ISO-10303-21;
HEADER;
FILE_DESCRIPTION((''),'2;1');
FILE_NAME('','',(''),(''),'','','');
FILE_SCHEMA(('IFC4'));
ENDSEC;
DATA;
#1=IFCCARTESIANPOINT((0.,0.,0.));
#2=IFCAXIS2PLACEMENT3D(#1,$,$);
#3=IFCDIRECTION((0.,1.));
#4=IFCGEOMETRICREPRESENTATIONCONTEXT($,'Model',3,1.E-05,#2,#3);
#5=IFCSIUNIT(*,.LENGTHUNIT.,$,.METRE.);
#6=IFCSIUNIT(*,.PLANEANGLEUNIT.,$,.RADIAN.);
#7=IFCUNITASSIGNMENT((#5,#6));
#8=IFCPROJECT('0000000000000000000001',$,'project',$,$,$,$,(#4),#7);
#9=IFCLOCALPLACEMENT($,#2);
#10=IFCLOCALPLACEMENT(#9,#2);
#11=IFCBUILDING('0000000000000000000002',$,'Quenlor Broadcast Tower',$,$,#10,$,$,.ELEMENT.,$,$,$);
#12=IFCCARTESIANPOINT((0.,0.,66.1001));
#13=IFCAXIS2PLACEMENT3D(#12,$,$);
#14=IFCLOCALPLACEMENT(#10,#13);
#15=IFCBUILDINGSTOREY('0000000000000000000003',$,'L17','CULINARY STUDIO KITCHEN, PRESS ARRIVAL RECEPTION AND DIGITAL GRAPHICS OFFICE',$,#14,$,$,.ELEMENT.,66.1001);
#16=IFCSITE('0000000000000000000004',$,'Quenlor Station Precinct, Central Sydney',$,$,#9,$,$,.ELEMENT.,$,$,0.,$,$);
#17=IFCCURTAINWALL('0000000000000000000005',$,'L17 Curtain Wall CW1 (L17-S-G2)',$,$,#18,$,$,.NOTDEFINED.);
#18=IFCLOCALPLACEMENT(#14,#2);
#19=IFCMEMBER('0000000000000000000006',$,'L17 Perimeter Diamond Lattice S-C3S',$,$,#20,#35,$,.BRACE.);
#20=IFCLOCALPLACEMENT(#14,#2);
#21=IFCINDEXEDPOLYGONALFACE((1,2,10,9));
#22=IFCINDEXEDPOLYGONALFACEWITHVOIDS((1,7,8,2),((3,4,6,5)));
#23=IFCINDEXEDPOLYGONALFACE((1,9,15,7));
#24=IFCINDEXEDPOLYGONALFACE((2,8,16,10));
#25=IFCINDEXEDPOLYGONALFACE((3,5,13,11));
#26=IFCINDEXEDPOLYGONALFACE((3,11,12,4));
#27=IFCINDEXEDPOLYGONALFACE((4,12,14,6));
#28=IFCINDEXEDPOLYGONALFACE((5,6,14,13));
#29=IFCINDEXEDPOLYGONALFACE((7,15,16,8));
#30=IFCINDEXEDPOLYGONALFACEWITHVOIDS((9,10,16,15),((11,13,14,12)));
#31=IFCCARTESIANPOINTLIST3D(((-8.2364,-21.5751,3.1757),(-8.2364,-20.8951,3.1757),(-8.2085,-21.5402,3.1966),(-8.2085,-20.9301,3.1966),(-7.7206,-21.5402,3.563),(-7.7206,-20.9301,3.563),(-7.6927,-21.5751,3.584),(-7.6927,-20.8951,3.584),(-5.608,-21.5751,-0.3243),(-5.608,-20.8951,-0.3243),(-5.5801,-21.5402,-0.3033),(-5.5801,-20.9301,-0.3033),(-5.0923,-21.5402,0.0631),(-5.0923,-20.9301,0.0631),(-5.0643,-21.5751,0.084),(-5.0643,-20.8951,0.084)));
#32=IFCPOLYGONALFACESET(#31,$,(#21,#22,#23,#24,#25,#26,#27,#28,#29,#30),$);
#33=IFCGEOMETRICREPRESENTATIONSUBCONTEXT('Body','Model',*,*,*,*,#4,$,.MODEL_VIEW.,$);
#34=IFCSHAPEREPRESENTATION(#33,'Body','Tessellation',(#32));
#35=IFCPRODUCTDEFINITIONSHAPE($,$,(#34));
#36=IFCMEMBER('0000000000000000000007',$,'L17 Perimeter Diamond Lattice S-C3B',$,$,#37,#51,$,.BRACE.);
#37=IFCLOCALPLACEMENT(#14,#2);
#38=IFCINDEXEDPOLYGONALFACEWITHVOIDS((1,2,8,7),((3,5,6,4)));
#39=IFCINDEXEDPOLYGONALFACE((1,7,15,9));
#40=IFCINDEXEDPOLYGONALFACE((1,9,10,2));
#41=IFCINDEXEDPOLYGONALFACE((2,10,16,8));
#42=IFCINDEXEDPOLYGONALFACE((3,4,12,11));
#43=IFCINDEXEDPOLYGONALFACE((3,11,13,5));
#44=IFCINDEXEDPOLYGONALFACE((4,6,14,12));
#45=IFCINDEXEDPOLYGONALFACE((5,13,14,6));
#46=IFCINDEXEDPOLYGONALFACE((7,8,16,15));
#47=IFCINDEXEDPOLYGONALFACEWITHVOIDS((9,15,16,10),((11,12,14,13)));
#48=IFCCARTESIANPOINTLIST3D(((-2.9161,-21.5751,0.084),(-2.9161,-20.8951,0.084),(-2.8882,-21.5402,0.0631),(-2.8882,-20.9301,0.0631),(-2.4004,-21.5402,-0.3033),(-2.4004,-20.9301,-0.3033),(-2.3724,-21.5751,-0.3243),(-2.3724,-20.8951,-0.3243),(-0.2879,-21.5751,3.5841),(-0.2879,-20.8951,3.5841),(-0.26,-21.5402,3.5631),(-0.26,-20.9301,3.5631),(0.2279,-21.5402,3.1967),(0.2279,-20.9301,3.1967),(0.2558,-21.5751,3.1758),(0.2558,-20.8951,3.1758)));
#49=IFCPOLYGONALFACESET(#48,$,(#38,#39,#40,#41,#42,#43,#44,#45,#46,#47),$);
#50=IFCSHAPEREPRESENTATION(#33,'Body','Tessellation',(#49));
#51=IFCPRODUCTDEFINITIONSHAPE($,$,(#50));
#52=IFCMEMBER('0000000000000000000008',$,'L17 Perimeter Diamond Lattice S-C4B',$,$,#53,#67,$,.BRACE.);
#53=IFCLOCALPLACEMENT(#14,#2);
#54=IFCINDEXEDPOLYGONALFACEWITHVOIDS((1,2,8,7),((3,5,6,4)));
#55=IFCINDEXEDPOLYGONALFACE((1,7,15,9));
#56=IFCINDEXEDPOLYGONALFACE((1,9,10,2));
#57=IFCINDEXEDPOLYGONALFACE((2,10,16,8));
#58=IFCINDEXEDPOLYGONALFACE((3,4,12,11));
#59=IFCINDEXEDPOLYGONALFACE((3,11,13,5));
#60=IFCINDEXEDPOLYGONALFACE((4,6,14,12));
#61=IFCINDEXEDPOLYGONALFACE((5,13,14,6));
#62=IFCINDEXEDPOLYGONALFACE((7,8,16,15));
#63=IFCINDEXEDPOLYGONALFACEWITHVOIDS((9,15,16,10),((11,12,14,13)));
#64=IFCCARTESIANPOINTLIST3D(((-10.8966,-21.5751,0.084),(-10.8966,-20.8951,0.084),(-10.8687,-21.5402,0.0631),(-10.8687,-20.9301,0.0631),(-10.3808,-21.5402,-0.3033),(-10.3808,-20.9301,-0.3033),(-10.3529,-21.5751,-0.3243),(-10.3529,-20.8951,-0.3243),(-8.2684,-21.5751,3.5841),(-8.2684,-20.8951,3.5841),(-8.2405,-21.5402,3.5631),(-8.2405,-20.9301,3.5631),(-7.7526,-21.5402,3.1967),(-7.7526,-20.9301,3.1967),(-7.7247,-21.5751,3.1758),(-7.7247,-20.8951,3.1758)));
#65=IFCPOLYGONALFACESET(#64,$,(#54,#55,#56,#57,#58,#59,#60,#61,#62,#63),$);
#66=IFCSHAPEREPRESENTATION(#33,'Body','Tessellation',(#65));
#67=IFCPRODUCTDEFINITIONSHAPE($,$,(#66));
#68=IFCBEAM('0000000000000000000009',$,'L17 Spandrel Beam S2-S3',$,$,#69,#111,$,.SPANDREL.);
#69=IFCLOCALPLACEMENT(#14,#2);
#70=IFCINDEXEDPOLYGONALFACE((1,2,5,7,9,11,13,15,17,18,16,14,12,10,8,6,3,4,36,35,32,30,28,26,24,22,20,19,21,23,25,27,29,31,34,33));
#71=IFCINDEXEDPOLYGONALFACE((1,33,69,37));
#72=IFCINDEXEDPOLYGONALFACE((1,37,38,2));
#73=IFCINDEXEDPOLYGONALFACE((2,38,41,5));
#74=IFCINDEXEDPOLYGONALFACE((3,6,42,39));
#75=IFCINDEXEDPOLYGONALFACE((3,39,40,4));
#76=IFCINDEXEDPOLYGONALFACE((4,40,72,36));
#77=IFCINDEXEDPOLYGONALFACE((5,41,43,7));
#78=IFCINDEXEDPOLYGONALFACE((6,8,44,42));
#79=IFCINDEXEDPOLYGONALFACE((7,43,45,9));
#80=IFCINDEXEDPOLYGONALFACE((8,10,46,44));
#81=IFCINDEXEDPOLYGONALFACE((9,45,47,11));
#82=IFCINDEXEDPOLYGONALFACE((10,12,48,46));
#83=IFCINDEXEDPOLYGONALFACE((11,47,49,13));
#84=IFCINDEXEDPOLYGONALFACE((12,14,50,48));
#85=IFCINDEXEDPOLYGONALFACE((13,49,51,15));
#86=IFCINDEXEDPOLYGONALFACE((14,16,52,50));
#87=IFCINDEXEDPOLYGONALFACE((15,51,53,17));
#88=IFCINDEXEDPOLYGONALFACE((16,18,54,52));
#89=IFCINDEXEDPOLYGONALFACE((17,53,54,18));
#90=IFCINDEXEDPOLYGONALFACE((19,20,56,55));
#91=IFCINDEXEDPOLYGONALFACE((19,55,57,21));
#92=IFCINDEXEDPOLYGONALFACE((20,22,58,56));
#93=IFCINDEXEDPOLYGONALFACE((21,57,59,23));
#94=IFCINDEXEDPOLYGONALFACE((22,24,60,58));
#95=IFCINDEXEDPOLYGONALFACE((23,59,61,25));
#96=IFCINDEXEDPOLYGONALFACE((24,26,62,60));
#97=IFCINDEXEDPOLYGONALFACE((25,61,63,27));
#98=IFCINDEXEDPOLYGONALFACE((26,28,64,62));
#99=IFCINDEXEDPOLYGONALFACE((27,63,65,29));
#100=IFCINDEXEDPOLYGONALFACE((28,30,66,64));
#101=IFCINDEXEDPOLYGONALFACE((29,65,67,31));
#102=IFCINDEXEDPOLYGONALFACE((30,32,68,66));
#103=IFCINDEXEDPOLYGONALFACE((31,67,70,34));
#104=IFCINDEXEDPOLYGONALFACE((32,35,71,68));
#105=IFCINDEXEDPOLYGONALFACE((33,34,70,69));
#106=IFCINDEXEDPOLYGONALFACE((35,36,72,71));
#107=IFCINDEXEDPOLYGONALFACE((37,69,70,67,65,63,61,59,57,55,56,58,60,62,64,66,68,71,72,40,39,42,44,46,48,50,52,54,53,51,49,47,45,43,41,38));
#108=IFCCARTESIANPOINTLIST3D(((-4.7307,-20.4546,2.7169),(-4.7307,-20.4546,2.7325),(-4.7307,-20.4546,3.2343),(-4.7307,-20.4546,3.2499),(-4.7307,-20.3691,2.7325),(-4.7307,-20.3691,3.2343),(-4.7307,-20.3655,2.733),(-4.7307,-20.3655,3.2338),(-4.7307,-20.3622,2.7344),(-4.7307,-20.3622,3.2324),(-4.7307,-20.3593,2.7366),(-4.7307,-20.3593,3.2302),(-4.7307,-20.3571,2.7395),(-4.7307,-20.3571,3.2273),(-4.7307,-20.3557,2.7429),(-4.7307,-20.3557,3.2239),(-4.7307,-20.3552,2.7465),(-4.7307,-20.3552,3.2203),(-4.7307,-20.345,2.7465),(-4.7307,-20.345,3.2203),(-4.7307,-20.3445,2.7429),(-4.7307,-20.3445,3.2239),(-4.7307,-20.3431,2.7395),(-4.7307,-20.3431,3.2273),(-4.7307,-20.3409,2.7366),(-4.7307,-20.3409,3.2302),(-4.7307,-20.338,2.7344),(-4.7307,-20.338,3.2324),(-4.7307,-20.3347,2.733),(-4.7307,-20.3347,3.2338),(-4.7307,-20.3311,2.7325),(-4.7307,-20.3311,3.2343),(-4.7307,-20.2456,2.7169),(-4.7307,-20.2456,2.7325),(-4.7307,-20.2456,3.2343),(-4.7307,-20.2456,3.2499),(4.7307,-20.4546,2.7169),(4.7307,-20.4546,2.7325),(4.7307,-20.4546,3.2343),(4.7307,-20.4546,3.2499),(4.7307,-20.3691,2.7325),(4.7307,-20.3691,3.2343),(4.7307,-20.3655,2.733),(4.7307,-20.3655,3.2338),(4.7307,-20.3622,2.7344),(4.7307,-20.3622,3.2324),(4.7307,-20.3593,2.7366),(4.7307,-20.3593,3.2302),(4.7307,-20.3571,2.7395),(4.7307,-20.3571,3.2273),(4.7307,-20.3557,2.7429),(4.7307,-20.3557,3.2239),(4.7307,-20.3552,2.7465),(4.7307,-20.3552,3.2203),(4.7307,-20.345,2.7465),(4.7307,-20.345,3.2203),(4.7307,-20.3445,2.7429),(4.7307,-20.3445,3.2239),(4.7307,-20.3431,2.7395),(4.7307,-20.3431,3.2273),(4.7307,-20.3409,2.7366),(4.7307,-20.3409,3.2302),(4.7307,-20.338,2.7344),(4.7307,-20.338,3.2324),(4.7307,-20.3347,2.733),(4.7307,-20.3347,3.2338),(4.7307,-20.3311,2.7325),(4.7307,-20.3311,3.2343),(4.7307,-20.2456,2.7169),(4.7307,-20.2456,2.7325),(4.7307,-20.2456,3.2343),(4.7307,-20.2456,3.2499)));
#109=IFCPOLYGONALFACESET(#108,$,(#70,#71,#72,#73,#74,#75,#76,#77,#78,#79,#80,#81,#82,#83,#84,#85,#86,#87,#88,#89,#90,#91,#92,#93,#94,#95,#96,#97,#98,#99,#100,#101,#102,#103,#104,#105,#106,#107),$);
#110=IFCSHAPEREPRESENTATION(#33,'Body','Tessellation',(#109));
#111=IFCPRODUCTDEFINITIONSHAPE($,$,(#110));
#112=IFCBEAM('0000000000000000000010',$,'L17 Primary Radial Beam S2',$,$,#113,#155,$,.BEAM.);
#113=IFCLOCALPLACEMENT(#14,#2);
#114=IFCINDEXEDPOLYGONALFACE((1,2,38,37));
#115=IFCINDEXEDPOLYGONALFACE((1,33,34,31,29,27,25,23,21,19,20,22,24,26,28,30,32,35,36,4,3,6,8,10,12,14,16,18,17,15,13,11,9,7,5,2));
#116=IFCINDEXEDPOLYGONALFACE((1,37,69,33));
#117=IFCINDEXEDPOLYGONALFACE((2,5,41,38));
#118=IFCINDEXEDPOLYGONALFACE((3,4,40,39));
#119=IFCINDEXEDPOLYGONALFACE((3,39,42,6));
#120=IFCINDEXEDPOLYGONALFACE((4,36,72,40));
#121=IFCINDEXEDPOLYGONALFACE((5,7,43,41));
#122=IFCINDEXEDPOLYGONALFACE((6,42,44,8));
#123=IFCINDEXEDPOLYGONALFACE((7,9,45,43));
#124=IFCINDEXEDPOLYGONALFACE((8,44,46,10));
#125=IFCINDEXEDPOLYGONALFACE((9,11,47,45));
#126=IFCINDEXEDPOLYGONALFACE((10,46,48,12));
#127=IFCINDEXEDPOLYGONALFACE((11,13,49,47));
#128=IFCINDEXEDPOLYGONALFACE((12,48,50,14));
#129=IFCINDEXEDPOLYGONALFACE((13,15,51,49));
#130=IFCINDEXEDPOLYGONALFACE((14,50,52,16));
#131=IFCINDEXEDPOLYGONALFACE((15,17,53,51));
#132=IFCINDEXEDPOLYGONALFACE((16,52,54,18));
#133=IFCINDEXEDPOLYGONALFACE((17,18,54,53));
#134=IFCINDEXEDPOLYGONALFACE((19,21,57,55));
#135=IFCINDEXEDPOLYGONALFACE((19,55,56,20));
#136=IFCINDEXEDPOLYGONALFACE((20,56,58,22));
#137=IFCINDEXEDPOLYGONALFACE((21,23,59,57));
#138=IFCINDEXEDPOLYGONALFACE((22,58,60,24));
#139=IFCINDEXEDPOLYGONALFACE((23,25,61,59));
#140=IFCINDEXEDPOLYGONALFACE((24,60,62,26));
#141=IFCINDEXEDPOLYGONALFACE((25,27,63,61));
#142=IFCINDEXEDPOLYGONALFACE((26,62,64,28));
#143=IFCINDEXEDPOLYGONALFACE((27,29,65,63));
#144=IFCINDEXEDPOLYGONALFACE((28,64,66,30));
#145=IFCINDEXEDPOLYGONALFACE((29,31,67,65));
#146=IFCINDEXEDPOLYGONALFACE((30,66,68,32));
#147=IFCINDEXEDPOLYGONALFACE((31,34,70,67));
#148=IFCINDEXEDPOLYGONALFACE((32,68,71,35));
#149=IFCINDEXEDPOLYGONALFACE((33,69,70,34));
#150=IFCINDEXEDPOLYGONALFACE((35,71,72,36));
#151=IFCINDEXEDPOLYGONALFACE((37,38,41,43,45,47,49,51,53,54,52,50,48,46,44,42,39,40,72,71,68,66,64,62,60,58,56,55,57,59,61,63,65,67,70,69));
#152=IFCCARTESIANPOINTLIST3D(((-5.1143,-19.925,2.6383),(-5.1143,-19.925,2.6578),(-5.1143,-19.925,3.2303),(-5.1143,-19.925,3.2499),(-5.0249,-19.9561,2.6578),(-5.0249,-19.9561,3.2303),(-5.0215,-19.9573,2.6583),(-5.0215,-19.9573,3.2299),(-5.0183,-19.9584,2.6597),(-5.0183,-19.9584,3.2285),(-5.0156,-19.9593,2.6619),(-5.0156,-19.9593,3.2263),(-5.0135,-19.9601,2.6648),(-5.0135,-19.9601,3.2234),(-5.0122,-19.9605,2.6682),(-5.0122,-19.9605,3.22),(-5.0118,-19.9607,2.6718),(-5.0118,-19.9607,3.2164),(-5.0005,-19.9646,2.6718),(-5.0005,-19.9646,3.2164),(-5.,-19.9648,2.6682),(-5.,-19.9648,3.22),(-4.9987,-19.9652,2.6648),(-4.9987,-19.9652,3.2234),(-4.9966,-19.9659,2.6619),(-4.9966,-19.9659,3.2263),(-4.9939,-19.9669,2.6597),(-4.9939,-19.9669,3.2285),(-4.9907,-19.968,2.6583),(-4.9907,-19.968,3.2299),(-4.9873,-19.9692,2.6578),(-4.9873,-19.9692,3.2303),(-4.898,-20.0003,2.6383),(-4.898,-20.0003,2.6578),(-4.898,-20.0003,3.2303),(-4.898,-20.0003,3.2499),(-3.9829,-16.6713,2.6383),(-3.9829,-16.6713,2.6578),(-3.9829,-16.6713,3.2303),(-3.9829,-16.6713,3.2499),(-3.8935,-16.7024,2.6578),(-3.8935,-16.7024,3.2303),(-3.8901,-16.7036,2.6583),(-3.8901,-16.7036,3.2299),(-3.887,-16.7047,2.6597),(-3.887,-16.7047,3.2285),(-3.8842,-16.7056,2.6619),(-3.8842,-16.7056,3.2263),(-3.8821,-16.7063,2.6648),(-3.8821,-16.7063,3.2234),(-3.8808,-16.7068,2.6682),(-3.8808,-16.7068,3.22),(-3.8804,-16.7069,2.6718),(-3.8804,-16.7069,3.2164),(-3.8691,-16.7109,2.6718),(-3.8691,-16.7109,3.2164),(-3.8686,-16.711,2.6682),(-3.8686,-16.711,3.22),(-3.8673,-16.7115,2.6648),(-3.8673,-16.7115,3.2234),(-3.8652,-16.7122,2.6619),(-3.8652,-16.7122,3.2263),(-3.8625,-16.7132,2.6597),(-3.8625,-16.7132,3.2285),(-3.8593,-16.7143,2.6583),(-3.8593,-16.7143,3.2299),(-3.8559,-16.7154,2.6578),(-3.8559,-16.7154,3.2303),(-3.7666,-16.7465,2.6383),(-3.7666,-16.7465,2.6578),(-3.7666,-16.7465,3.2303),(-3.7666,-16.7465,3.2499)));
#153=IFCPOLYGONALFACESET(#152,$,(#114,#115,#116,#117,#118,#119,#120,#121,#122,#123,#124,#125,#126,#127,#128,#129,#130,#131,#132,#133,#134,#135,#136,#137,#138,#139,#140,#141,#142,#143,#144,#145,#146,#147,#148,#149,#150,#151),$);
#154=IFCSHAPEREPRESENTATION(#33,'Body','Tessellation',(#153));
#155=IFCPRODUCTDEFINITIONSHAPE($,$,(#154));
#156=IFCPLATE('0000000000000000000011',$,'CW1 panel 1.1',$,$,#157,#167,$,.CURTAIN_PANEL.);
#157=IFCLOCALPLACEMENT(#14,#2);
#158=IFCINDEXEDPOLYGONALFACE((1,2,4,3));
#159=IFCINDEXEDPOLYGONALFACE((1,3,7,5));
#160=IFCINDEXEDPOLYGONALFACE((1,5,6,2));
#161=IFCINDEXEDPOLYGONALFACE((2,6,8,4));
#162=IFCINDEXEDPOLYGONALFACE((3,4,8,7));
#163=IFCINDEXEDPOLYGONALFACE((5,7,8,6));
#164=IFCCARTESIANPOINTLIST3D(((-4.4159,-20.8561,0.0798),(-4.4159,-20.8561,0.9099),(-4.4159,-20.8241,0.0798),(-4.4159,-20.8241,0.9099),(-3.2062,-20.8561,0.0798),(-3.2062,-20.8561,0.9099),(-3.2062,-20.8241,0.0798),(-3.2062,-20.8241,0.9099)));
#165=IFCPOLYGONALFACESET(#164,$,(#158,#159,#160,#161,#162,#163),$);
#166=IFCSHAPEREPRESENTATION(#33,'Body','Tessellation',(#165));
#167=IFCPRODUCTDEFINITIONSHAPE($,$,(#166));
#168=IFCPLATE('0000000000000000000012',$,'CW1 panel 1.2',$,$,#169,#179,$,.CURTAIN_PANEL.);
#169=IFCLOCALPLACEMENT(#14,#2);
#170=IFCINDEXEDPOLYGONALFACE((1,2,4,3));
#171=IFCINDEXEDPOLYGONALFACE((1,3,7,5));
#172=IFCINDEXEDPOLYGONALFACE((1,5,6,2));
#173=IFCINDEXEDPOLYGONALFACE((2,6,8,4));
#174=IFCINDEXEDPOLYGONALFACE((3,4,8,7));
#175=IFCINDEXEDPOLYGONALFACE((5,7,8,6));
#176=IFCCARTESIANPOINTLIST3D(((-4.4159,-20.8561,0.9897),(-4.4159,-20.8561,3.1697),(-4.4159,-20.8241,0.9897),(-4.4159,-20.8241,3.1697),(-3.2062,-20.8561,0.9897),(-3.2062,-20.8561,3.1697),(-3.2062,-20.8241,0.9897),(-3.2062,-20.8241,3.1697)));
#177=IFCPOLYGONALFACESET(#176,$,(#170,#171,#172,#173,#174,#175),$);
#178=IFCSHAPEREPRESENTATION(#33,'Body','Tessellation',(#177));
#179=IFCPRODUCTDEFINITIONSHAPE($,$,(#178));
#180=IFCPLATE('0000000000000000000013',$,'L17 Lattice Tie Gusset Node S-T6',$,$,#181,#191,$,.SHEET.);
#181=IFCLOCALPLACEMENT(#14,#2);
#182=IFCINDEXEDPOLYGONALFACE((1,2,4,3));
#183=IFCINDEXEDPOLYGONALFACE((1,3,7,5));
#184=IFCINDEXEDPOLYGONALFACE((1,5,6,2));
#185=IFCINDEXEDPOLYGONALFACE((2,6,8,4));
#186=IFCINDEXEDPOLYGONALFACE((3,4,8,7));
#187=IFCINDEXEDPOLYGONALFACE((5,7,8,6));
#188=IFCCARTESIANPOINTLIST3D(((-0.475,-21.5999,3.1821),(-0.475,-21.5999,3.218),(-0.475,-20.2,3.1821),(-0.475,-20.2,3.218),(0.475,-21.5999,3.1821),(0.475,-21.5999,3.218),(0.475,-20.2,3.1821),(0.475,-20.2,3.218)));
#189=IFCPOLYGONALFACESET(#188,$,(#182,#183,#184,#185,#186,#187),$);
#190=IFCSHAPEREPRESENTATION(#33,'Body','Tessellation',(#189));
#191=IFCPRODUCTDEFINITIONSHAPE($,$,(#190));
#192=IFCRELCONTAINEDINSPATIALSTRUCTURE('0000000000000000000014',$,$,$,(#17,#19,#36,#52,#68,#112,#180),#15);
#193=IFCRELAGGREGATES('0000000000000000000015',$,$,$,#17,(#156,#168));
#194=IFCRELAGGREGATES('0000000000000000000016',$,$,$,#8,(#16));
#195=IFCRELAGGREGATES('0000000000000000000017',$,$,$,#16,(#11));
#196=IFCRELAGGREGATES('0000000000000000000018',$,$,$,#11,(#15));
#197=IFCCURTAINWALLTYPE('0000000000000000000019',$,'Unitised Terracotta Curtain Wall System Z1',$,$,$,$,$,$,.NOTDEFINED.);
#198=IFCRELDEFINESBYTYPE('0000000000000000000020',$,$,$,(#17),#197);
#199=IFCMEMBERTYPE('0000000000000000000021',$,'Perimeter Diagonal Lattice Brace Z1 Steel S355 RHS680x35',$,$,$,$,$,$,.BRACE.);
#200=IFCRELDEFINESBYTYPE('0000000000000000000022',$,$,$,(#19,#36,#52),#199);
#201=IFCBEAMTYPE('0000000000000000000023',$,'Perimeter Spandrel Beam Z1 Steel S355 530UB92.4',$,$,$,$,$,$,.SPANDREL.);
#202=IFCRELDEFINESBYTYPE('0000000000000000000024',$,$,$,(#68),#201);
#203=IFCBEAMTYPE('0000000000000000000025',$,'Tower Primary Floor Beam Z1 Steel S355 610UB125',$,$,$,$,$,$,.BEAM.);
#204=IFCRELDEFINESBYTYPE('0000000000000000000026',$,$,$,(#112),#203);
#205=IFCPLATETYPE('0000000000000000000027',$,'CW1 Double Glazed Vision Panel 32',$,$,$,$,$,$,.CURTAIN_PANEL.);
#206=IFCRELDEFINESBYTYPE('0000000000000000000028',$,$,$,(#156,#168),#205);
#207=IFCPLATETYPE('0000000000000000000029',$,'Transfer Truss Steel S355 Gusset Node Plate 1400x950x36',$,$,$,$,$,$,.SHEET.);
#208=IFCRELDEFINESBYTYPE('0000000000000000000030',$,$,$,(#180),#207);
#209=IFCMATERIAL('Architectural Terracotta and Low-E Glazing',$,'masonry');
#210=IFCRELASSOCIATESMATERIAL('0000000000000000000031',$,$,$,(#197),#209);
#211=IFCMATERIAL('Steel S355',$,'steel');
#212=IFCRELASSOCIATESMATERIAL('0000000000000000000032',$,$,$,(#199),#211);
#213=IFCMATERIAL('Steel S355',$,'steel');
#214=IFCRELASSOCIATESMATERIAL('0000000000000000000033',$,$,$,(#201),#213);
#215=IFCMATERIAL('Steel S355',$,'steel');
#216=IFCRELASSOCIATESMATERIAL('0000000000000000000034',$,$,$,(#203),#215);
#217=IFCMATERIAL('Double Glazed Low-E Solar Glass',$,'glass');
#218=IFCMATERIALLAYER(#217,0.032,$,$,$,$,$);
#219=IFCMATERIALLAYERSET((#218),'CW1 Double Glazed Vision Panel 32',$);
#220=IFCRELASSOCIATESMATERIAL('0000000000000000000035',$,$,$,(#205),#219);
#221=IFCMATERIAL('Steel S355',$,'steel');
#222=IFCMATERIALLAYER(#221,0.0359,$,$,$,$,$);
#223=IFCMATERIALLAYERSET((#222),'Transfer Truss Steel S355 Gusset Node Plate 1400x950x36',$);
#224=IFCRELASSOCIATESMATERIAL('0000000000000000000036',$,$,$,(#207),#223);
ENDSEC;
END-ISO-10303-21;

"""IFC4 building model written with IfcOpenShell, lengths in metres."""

from ifc_helpers import new_model, si_unit, direction, frame, origin, origin_2d, place, context, subcontext, project, spatial, rectangle, hollow_rectangle, i_section, extrude, material, layer, layer_set, material_profile, profile_set, type_object, element, aggregate, save


model = new_model("IFC4")

# Units and contexts
model_context = context("Model", 3, precision=1e-05, world=origin(), true_north=direction((0.0, 1.0)))
body_context = subcontext(model_context, "Body", "Model", "MODEL_VIEW")
ifc_project = project(units=[si_unit("LENGTHUNIT", "METRE"), si_unit("PLANEANGLEUNIT", "RADIAN")], contexts=[model_context])

# Site, building, storey
site_placement = place(None, origin())
site = spatial("IfcSite", under=ifc_project, at=site_placement, Name="Quenlor Station Precinct, Central Sydney", CompositionType="ELEMENT", RefElevation=0.0)
building_placement = place(site_placement, origin())
building = spatial("IfcBuilding", under=site, at=building_placement, Name="Quenlor Broadcast Tower", CompositionType="ELEMENT")
storey_placement = place(building_placement, frame((0.0, 0.0, 66.1001)))
storey = spatial("IfcBuildingStorey", under=building, at=storey_placement, Name="L17", Description="CULINARY STUDIO KITCHEN, PRESS ARRIVAL RECEPTION AND DIGITAL GRAPHICS OFFICE", CompositionType="ELEMENT", Elevation=66.1001)

# Shared definitions
ifc_material_1 = material(Name="Architectural Terracotta and Low-E Glazing", Category="masonry")
curtain_wall_type = type_object("IfcCurtainWallType", Name="Unitised Terracotta Curtain Wall System Z1", PredefinedType="NOTDEFINED", material=ifc_material_1)

# Curtain wall
curtain_wall_1_placement = place(storey_placement, origin())
curtain_wall_1 = element("IfcCurtainWall", 1, at=curtain_wall_1_placement, inside=storey, type_object=curtain_wall_type, Name="L17 Curtain Wall CW1 (L17-S-G2)", PredefinedType="NOTDEFINED")

# Members
ifc_material_2 = material(Name="Steel S355", Category="steel")
ifc_material_profile_1 = material_profile(ifc_material_2, hollow_rectangle(XDim=0.6799, YDim=0.6799, WallThickness=0.0349, at=origin_2d()))
ifc_profile_set_1 = profile_set([ifc_material_profile_1], Name="Steel S355 RHS680x680x35")
member_type_1 = type_object("IfcMemberType", Name="Perimeter Diagonal Lattice Brace Z1 Steel S355 RHS680x35", PredefinedType="BRACE", material=ifc_profile_set_1)
for number, where, z_axis, x_axis, name in (
    (2, (-5.3362, -21.2351, -0.1201), (-0.6005, 0.0, 0.799625), (0.0, -1.0, 0.0), "L17 Perimeter Diamond Lattice S-C3S"),
    (3, (-2.6443, -21.2351, -0.1201), (0.600464, 0.0, 0.799652), (0.0, 1.0, 0.0), "L17 Perimeter Diamond Lattice S-C3B"),
    (4, (-10.6248, -21.2351, -0.1201), (0.600464, 0.0, 0.799652), (0.0, 1.0, 0.0), "L17 Perimeter Diamond Lattice S-C4B"),
):
    element("IfcMember", number, at=place(storey_placement, frame(where, z_axis=z_axis, x_axis=x_axis)), inside=storey, type_object=member_type_1, Name=name, PredefinedType="BRACE", context=body_context, shape_type="SweptSolid", body=[
        extrude(hollow_rectangle(XDim=0.6799, YDim=0.6799, WallThickness=0.0349, at=origin_2d()), origin(), (0.0, 0.0, 1.0), 4.377),
    ])

# Beams
ifc_material_3 = material(Name="Steel S355", Category="steel")
ifc_material_profile_2 = material_profile(ifc_material_3, i_section(OverallWidth=0.209, OverallDepth=0.533, WebThickness=0.0103, FlangeThickness=0.0156, FilletRadius=0.0139, at=origin_2d()))
ifc_profile_set_2 = profile_set([ifc_material_profile_2], Name="Steel S355 530UB92.4")
beam_type_1 = type_object("IfcBeamType", Name="Perimeter Spandrel Beam Z1 Steel S355 530UB92.4", PredefinedType="SPANDREL", material=ifc_profile_set_2)
beam_1_placement = place(storey_placement, frame((-4.7307, -20.3501, 2.9834), z_axis=(1.0, 0.0, 0.0), x_axis=(0.0, 1.0, 0.0)))
element("IfcBeam", 5, at=beam_1_placement, inside=storey, type_object=beam_type_1, Name="L17 Spandrel Beam S2-S3", PredefinedType="SPANDREL", context=body_context, shape_type="SweptSolid", body=[
    extrude(i_section(OverallWidth=0.209, OverallDepth=0.533, WebThickness=0.0103, FlangeThickness=0.0156, FilletRadius=0.0139, at=origin_2d()), origin(), (0.0, 0.0, 1.0), 9.4614),
])
ifc_material_4 = material(Name="Steel S355", Category="steel")
ifc_material_profile_3 = material_profile(ifc_material_4, i_section(OverallWidth=0.229, OverallDepth=0.6116, WebThickness=0.012, FlangeThickness=0.0195, FilletRadius=0.0139, at=origin_2d()))
ifc_profile_set_3 = profile_set([ifc_material_profile_3], Name="Steel S355 610UB125")
beam_type_2 = type_object("IfcBeamType", Name="Tower Primary Floor Beam Z1 Steel S355 610UB125", PredefinedType="BEAM", material=ifc_profile_set_3)
beam_2_placement = place(storey_placement, frame((-5.0061, -19.9626, 2.9441), z_axis=(0.328427, 0.944529, 0.0), x_axis=(-0.944529, 0.328427, 0.0)))
element("IfcBeam", 6, at=beam_2_placement, inside=storey, type_object=beam_type_2, Name="L17 Primary Radial Beam S2", PredefinedType="BEAM", context=body_context, shape_type="SweptSolid", body=[
    extrude(i_section(OverallWidth=0.229, OverallDepth=0.6116, WebThickness=0.012, FlangeThickness=0.0195, FilletRadius=0.0139, at=origin_2d()), origin(), (0.0, 0.0, 1.0), 3.4448),
])

# Plates
ifc_material_5 = material(Name="Double Glazed Low-E Solar Glass", Category="glass")
ifc_layer_1 = layer(ifc_material_5, 0.032)
ifc_layer_set_1 = layer_set([ifc_layer_1], Name="CW1 Double Glazed Vision Panel 32")
plate_type_1 = type_object("IfcPlateType", Name="CW1 Double Glazed Vision Panel 32", PredefinedType="CURTAIN_PANEL", material=ifc_layer_set_1)
plate_1_placement = place(storey_placement, frame((-3.811, -20.8401, 0.0798), z_axis=(0.0, 0.0, 1.0), x_axis=(-1.0, 0.0, 0.0)))
plate_1 = element("IfcPlate", 7, at=plate_1_placement, type_object=plate_type_1, Name="CW1 panel 1.1", PredefinedType="CURTAIN_PANEL", context=body_context, shape_type="SweptSolid", body=[
    extrude(rectangle(XDim=1.2097, YDim=0.032, at=origin_2d()), origin(), (0.0, 0.0, 1.0), 0.8301),
])
plate_2_placement = place(storey_placement, frame((-3.811, -20.8401, 0.9897), z_axis=(0.0, 0.0, 1.0), x_axis=(-1.0, 0.0, 0.0)))
plate_2 = element("IfcPlate", 8, at=plate_2_placement, type_object=plate_type_1, Name="CW1 panel 1.2", PredefinedType="CURTAIN_PANEL", context=body_context, shape_type="SweptSolid", body=[
    extrude(rectangle(XDim=1.2097, YDim=0.032, at=origin_2d()), origin(), (0.0, 0.0, 1.0), 2.1799),
])
aggregate(curtain_wall_1, [plate_1, plate_2])

# Plate
ifc_material_6 = material(Name="Steel S355", Category="steel")
ifc_layer_2 = layer(ifc_material_6, 0.0359)
ifc_layer_set_2 = layer_set([ifc_layer_2], Name="Transfer Truss Steel S355 Gusset Node Plate 1400x950x36")
plate_type_2 = type_object("IfcPlateType", Name="Transfer Truss Steel S355 Gusset Node Plate 1400x950x36", PredefinedType="SHEET", material=ifc_layer_set_2)
for number, where, z_axis, x_axis, name in (
    (9, (0.0, -20.8999, 3.1821), (0.0, 0.0, 1.0), (0.0, -1.0, 0.0), "L17 Lattice Tie Gusset Node S-T6"),
):
    element("IfcPlate", number, at=place(storey_placement, frame(where, z_axis=z_axis, x_axis=x_axis)), inside=storey, type_object=plate_type_2, Name=name, PredefinedType="SHEET", context=body_context, shape_type="SweptSolid", body=[
        extrude(rectangle(XDim=1.3999, YDim=0.95, at=origin_2d()), origin(), (0.0, 0.0, 1.0), 0.0359),
    ])

save(model, "model.ifc")
